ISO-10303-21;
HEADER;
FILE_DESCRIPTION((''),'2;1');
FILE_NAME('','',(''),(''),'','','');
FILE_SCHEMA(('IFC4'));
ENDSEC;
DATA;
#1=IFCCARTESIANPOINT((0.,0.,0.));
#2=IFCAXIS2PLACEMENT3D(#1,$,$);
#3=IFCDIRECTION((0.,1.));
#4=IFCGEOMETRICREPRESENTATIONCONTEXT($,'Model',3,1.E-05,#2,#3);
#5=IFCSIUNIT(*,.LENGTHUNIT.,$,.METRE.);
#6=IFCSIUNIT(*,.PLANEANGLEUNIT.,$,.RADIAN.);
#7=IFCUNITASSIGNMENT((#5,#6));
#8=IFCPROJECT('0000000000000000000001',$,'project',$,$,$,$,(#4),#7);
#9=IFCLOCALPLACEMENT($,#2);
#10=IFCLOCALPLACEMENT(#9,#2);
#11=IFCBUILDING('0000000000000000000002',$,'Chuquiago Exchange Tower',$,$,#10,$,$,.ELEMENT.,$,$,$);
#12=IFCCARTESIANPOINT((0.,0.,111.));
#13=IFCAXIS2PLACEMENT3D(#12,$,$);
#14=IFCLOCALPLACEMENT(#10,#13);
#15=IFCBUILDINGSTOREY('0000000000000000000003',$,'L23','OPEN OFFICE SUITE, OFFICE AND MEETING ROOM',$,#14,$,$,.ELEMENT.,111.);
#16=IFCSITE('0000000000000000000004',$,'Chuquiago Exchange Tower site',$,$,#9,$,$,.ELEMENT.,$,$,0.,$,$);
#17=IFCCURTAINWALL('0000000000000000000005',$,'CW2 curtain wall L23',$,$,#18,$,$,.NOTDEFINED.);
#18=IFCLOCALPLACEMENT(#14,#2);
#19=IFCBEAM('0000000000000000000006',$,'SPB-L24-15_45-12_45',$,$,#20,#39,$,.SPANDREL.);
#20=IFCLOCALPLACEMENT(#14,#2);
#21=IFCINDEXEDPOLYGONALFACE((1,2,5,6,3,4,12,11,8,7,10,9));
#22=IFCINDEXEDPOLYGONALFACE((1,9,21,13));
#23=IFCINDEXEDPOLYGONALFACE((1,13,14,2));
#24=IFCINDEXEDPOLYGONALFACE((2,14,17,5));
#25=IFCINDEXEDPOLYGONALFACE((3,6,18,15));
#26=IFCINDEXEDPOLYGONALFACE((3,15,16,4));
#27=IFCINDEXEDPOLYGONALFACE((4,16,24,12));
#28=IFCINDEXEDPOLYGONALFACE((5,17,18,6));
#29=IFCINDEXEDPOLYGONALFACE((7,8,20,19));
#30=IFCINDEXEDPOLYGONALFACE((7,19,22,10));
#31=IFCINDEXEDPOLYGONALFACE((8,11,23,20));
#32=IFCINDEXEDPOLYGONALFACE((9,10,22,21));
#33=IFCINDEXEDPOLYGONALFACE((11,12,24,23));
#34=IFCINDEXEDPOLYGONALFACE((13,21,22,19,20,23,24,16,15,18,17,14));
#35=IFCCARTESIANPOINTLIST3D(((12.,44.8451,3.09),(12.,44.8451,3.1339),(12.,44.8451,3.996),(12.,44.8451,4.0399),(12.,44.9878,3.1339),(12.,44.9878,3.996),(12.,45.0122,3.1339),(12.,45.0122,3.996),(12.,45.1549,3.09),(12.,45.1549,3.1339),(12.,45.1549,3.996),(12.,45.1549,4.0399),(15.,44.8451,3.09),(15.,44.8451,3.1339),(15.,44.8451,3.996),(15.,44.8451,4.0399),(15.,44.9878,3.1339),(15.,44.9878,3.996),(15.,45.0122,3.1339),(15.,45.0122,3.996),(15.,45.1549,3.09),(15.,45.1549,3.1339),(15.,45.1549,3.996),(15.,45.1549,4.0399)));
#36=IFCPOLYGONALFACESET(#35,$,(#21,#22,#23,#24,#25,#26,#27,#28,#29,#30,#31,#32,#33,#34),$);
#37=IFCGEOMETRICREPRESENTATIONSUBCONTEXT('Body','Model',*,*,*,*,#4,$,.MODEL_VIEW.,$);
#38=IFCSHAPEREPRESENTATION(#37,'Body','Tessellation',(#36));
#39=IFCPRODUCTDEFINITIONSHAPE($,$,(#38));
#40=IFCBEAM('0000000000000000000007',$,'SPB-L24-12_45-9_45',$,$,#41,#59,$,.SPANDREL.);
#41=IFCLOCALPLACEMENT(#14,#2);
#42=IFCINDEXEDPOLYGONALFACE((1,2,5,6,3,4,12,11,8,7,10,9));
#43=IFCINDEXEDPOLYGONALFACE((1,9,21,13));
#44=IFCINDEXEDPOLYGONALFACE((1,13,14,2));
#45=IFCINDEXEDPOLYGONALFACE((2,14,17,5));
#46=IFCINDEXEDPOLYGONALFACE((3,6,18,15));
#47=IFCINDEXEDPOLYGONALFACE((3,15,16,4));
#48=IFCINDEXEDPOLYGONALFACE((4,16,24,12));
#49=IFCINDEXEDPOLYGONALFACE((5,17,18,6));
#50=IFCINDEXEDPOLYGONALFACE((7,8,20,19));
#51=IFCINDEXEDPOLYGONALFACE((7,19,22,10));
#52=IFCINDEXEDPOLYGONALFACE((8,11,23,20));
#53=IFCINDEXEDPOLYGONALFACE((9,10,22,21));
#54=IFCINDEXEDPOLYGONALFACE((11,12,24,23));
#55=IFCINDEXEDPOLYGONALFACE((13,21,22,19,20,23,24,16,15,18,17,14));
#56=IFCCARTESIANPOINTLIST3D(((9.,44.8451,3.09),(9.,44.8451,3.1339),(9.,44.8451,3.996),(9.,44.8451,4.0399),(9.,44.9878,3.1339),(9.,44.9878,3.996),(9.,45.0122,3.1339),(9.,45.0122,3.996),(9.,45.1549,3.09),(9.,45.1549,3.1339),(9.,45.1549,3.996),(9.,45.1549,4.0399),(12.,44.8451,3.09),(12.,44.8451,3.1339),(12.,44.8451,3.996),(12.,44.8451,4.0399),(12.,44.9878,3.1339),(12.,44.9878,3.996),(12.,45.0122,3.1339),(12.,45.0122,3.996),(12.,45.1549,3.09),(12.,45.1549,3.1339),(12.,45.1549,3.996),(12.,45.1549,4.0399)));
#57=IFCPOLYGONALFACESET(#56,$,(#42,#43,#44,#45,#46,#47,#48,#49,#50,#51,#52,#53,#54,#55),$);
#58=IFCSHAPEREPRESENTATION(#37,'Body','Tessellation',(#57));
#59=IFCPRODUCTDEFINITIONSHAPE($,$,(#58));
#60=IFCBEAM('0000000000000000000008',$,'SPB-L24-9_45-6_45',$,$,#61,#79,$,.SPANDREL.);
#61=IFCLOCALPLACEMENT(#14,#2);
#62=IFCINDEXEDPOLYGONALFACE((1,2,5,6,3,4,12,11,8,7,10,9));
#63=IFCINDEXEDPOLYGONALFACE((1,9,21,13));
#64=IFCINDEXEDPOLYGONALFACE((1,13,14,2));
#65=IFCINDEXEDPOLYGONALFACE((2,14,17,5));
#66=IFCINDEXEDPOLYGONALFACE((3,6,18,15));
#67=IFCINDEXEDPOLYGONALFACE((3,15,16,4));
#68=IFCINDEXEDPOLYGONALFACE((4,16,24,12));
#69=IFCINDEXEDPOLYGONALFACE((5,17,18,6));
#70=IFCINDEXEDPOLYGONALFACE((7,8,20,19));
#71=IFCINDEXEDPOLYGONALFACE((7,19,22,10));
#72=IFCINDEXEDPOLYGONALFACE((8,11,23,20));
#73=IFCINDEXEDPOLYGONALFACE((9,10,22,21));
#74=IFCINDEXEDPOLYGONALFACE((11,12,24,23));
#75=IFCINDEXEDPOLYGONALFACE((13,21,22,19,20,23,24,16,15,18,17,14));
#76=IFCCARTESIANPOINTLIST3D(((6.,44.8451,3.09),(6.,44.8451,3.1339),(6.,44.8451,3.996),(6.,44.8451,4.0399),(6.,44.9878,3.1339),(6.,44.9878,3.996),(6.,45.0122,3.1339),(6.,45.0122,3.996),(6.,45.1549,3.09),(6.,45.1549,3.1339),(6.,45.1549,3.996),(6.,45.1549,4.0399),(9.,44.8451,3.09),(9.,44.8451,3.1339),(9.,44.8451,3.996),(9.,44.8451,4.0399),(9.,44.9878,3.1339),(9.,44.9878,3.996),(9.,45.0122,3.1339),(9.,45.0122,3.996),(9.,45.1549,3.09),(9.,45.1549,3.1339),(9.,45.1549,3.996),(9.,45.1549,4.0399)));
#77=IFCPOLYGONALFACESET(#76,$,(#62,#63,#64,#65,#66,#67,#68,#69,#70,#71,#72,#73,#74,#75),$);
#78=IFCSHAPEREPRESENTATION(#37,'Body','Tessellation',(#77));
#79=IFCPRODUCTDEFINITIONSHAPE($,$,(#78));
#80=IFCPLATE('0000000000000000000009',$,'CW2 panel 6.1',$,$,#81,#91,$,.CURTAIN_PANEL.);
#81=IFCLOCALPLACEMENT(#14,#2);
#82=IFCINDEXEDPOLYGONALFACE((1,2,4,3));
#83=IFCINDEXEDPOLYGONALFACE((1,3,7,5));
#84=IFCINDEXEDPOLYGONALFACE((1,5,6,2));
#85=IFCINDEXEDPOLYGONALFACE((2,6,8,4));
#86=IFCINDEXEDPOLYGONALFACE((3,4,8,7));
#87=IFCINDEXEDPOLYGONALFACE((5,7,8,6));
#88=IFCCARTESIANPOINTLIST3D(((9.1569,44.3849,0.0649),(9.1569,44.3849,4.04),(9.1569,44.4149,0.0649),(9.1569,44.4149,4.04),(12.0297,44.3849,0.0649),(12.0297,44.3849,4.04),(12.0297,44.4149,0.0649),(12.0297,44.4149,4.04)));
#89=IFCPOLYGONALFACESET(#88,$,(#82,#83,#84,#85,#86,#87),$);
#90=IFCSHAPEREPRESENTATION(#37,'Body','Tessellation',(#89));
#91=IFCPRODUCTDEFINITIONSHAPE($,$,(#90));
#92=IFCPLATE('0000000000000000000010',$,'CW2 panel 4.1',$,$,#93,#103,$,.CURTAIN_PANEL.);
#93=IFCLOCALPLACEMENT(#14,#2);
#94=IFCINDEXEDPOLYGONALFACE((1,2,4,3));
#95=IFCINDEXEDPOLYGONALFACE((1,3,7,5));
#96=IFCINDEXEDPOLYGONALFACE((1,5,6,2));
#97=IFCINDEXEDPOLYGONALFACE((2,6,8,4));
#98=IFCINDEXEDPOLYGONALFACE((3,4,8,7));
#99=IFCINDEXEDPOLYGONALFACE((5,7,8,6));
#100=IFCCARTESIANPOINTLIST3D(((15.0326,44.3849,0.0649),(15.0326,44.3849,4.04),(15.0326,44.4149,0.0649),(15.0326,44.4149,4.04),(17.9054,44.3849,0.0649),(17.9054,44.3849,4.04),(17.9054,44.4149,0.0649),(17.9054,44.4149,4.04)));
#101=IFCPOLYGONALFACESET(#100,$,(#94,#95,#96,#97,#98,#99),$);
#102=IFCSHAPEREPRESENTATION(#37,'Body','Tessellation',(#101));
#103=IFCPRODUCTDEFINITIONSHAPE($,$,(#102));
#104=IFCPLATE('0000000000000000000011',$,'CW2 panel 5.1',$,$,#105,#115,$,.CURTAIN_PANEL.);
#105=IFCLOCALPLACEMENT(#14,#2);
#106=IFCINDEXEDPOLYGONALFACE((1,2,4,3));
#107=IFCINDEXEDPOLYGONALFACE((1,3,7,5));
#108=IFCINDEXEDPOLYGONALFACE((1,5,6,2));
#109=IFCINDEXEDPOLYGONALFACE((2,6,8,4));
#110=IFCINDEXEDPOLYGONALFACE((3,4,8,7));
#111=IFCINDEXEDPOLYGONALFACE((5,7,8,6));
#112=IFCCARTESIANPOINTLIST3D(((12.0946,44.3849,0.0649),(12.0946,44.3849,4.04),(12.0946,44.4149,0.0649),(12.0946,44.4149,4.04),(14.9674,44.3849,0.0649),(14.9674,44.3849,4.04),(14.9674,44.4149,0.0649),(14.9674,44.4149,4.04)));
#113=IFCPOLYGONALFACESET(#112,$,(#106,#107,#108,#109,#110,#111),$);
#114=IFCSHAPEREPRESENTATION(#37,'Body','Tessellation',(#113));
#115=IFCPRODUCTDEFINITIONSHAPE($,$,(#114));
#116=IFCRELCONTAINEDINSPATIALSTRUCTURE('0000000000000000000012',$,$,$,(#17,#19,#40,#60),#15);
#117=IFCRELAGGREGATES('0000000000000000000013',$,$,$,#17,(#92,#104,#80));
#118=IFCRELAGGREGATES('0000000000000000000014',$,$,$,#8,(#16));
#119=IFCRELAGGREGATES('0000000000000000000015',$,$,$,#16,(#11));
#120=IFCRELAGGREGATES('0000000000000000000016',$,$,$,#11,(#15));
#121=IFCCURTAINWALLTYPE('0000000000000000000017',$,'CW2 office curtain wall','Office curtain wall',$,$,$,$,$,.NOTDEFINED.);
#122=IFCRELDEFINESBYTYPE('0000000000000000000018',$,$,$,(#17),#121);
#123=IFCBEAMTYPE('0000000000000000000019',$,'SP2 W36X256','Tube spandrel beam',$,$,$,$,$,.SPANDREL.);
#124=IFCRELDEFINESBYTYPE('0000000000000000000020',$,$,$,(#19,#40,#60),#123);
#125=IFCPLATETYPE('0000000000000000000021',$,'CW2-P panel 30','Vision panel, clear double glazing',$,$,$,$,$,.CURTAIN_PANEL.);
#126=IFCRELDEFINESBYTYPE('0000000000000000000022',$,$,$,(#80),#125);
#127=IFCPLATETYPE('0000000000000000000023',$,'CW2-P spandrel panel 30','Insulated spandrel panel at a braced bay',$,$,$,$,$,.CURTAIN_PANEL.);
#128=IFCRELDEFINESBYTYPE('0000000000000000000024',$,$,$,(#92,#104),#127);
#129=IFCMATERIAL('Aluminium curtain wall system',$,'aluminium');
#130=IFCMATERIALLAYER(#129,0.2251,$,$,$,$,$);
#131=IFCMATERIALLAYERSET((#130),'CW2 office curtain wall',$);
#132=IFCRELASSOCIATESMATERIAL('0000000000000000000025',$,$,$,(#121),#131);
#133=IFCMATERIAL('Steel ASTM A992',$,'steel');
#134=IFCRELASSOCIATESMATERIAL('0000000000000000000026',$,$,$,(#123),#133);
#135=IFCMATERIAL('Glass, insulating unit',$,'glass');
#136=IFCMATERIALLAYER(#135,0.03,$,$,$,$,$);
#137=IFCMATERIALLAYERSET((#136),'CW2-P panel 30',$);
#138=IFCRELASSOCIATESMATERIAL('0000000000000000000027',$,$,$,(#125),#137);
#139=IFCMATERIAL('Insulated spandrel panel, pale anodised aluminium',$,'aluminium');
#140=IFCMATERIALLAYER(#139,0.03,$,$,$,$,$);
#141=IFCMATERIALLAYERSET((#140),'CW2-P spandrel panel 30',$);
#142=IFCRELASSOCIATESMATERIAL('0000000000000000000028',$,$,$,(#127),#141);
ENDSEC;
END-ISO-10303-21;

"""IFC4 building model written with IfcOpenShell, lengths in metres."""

from ifc_helpers import new_model, si_unit, direction, frame, origin, origin_2d, place, context, subcontext, project, spatial, rectangle, i_section, extrude, material, layer, layer_set, material_profile, profile_set, type_object, element, aggregate, save


model = new_model("IFC4")

# Units and contexts
model_context = context("Model", 3, precision=1e-05, world=origin(), true_north=direction((0.0, 1.0)))
body_context = subcontext(model_context, "Body", "Model", "MODEL_VIEW")
ifc_project = project(units=[si_unit("LENGTHUNIT", "METRE"), si_unit("PLANEANGLEUNIT", "RADIAN")], contexts=[model_context])

# Site, building, storey
site_placement = place(None, origin())
site = spatial("IfcSite", under=ifc_project, at=site_placement, Name="Chuquiago Exchange Tower site", CompositionType="ELEMENT", RefElevation=0.0)
building_placement = place(site_placement, origin())
building = spatial("IfcBuilding", under=site, at=building_placement, Name="Chuquiago Exchange Tower", CompositionType="ELEMENT")
storey_placement = place(building_placement, frame((0.0, 0.0, 111.0)))
storey = spatial("IfcBuildingStorey", under=building, at=storey_placement, Name="L23", Description="OPEN OFFICE SUITE, OFFICE AND MEETING ROOM", CompositionType="ELEMENT", Elevation=111.0)

# Curtain wall
ifc_material_1 = material(Name="Aluminium curtain wall system", Category="aluminium")
ifc_layer_1 = layer(ifc_material_1, 0.2251)
ifc_layer_set_1 = layer_set([ifc_layer_1], Name="CW2 office curtain wall")
curtain_wall_type = type_object("IfcCurtainWallType", Name="CW2 office curtain wall", Description="Office curtain wall", PredefinedType="NOTDEFINED", material=ifc_layer_set_1)
curtain_wall_placement = place(storey_placement, origin())
curtain_wall = element("IfcCurtainWall", 1, at=curtain_wall_placement, inside=storey, type_object=curtain_wall_type, Name="CW2 curtain wall L23", PredefinedType="NOTDEFINED")

# Beams
ifc_material_2 = material(Name="Steel ASTM A992", Category="steel")
ifc_material_profile_1 = material_profile(ifc_material_2, i_section(OverallWidth=0.3098, OverallDepth=0.95, WebThickness=0.0244, FlangeThickness=0.0439, at=origin_2d()), Name="W36X256")
ifc_profile_set_1 = profile_set([ifc_material_profile_1], Name="Steel ASTM A992")
beam_type = type_object("IfcBeamType", Name="SP2 W36X256", Description="Tube spandrel beam", PredefinedType="SPANDREL", material=ifc_profile_set_1)
for number, where, z_axis, x_axis, name in (
    (2, (15.0, 45.0, 3.5649), (-1.0, 0.0, 0.0), (0.0, -1.0, 0.0), "SPB-L24-15_45-12_45"),
    (3, (12.0, 45.0, 3.5649), (-1.0, 0.0, 0.0), (0.0, -1.0, 0.0), "SPB-L24-12_45-9_45"),
    (4, (9.0, 45.0, 3.5649), (-1.0, 0.0, 0.0), (0.0, -1.0, 0.0), "SPB-L24-9_45-6_45"),
):
    element("IfcBeam", number, at=place(storey_placement, frame(where, z_axis=z_axis, x_axis=x_axis)), inside=storey, type_object=beam_type, Name=name, PredefinedType="SPANDREL", context=body_context, shape_type="SweptSolid", body=[
        extrude(i_section(OverallWidth=0.3098, OverallDepth=0.95, WebThickness=0.0244, FlangeThickness=0.0439, at=origin_2d()), origin(), (0.0, 0.0, 1.0), 3.0),
    ])

# Plates
ifc_material_3 = material(Name="Glass, insulating unit", Category="glass")
ifc_layer_2 = layer(ifc_material_3, 0.03)
ifc_layer_set_2 = layer_set([ifc_layer_2], Name="CW2-P panel 30")
plate_type_1 = type_object("IfcPlateType", Name="CW2-P panel 30", Description="Vision panel, clear double glazing", PredefinedType="CURTAIN_PANEL", material=ifc_layer_set_2)
plate_1_placement = place(storey_placement, frame((10.5933, 44.3999, 0.0649), z_axis=(0.0, 0.0, 1.0), x_axis=(-1.0, 0.0, 0.0)))
plate_1 = element("IfcPlate", 5, at=plate_1_placement, type_object=plate_type_1, Name="CW2 panel 6.1", PredefinedType="CURTAIN_PANEL", context=body_context, shape_type="SweptSolid", body=[
    extrude(rectangle(XDim=2.8728, YDim=0.03, at=origin_2d()), origin(), (0.0, 0.0, 1.0), 3.9751),
])
ifc_material_4 = material(Name="Insulated spandrel panel, pale anodised aluminium", Category="aluminium")
ifc_layer_3 = layer(ifc_material_4, 0.03)
ifc_layer_set_3 = layer_set([ifc_layer_3], Name="CW2-P spandrel panel 30")
plate_type_2 = type_object("IfcPlateType", Name="CW2-P spandrel panel 30", Description="Insulated spandrel panel at a braced bay", PredefinedType="CURTAIN_PANEL", material=ifc_layer_set_3)
plate_2_placement = place(storey_placement, frame((16.469, 44.3999, 0.0649), z_axis=(0.0, 0.0, 1.0), x_axis=(-1.0, 0.0, 0.0)))
plate_2 = element("IfcPlate", 6, at=plate_2_placement, type_object=plate_type_2, Name="CW2 panel 4.1", PredefinedType="CURTAIN_PANEL", context=body_context, shape_type="SweptSolid", body=[
    extrude(rectangle(XDim=2.8728, YDim=0.03, at=origin_2d()), origin(), (0.0, 0.0, 1.0), 3.9751),
])
plate_3_placement = place(storey_placement, frame((13.531, 44.3999, 0.0649), z_axis=(0.0, 0.0, 1.0), x_axis=(-1.0, 0.0, 0.0)))
plate_3 = element("IfcPlate", 7, at=plate_3_placement, type_object=plate_type_2, Name="CW2 panel 5.1", PredefinedType="CURTAIN_PANEL", context=body_context, shape_type="SweptSolid", body=[
    extrude(rectangle(XDim=2.8728, YDim=0.03, at=origin_2d()), origin(), (0.0, 0.0, 1.0), 3.9751),
])
aggregate(curtain_wall, [plate_2, plate_3, plate_1])

save(model, "model.ifc")
